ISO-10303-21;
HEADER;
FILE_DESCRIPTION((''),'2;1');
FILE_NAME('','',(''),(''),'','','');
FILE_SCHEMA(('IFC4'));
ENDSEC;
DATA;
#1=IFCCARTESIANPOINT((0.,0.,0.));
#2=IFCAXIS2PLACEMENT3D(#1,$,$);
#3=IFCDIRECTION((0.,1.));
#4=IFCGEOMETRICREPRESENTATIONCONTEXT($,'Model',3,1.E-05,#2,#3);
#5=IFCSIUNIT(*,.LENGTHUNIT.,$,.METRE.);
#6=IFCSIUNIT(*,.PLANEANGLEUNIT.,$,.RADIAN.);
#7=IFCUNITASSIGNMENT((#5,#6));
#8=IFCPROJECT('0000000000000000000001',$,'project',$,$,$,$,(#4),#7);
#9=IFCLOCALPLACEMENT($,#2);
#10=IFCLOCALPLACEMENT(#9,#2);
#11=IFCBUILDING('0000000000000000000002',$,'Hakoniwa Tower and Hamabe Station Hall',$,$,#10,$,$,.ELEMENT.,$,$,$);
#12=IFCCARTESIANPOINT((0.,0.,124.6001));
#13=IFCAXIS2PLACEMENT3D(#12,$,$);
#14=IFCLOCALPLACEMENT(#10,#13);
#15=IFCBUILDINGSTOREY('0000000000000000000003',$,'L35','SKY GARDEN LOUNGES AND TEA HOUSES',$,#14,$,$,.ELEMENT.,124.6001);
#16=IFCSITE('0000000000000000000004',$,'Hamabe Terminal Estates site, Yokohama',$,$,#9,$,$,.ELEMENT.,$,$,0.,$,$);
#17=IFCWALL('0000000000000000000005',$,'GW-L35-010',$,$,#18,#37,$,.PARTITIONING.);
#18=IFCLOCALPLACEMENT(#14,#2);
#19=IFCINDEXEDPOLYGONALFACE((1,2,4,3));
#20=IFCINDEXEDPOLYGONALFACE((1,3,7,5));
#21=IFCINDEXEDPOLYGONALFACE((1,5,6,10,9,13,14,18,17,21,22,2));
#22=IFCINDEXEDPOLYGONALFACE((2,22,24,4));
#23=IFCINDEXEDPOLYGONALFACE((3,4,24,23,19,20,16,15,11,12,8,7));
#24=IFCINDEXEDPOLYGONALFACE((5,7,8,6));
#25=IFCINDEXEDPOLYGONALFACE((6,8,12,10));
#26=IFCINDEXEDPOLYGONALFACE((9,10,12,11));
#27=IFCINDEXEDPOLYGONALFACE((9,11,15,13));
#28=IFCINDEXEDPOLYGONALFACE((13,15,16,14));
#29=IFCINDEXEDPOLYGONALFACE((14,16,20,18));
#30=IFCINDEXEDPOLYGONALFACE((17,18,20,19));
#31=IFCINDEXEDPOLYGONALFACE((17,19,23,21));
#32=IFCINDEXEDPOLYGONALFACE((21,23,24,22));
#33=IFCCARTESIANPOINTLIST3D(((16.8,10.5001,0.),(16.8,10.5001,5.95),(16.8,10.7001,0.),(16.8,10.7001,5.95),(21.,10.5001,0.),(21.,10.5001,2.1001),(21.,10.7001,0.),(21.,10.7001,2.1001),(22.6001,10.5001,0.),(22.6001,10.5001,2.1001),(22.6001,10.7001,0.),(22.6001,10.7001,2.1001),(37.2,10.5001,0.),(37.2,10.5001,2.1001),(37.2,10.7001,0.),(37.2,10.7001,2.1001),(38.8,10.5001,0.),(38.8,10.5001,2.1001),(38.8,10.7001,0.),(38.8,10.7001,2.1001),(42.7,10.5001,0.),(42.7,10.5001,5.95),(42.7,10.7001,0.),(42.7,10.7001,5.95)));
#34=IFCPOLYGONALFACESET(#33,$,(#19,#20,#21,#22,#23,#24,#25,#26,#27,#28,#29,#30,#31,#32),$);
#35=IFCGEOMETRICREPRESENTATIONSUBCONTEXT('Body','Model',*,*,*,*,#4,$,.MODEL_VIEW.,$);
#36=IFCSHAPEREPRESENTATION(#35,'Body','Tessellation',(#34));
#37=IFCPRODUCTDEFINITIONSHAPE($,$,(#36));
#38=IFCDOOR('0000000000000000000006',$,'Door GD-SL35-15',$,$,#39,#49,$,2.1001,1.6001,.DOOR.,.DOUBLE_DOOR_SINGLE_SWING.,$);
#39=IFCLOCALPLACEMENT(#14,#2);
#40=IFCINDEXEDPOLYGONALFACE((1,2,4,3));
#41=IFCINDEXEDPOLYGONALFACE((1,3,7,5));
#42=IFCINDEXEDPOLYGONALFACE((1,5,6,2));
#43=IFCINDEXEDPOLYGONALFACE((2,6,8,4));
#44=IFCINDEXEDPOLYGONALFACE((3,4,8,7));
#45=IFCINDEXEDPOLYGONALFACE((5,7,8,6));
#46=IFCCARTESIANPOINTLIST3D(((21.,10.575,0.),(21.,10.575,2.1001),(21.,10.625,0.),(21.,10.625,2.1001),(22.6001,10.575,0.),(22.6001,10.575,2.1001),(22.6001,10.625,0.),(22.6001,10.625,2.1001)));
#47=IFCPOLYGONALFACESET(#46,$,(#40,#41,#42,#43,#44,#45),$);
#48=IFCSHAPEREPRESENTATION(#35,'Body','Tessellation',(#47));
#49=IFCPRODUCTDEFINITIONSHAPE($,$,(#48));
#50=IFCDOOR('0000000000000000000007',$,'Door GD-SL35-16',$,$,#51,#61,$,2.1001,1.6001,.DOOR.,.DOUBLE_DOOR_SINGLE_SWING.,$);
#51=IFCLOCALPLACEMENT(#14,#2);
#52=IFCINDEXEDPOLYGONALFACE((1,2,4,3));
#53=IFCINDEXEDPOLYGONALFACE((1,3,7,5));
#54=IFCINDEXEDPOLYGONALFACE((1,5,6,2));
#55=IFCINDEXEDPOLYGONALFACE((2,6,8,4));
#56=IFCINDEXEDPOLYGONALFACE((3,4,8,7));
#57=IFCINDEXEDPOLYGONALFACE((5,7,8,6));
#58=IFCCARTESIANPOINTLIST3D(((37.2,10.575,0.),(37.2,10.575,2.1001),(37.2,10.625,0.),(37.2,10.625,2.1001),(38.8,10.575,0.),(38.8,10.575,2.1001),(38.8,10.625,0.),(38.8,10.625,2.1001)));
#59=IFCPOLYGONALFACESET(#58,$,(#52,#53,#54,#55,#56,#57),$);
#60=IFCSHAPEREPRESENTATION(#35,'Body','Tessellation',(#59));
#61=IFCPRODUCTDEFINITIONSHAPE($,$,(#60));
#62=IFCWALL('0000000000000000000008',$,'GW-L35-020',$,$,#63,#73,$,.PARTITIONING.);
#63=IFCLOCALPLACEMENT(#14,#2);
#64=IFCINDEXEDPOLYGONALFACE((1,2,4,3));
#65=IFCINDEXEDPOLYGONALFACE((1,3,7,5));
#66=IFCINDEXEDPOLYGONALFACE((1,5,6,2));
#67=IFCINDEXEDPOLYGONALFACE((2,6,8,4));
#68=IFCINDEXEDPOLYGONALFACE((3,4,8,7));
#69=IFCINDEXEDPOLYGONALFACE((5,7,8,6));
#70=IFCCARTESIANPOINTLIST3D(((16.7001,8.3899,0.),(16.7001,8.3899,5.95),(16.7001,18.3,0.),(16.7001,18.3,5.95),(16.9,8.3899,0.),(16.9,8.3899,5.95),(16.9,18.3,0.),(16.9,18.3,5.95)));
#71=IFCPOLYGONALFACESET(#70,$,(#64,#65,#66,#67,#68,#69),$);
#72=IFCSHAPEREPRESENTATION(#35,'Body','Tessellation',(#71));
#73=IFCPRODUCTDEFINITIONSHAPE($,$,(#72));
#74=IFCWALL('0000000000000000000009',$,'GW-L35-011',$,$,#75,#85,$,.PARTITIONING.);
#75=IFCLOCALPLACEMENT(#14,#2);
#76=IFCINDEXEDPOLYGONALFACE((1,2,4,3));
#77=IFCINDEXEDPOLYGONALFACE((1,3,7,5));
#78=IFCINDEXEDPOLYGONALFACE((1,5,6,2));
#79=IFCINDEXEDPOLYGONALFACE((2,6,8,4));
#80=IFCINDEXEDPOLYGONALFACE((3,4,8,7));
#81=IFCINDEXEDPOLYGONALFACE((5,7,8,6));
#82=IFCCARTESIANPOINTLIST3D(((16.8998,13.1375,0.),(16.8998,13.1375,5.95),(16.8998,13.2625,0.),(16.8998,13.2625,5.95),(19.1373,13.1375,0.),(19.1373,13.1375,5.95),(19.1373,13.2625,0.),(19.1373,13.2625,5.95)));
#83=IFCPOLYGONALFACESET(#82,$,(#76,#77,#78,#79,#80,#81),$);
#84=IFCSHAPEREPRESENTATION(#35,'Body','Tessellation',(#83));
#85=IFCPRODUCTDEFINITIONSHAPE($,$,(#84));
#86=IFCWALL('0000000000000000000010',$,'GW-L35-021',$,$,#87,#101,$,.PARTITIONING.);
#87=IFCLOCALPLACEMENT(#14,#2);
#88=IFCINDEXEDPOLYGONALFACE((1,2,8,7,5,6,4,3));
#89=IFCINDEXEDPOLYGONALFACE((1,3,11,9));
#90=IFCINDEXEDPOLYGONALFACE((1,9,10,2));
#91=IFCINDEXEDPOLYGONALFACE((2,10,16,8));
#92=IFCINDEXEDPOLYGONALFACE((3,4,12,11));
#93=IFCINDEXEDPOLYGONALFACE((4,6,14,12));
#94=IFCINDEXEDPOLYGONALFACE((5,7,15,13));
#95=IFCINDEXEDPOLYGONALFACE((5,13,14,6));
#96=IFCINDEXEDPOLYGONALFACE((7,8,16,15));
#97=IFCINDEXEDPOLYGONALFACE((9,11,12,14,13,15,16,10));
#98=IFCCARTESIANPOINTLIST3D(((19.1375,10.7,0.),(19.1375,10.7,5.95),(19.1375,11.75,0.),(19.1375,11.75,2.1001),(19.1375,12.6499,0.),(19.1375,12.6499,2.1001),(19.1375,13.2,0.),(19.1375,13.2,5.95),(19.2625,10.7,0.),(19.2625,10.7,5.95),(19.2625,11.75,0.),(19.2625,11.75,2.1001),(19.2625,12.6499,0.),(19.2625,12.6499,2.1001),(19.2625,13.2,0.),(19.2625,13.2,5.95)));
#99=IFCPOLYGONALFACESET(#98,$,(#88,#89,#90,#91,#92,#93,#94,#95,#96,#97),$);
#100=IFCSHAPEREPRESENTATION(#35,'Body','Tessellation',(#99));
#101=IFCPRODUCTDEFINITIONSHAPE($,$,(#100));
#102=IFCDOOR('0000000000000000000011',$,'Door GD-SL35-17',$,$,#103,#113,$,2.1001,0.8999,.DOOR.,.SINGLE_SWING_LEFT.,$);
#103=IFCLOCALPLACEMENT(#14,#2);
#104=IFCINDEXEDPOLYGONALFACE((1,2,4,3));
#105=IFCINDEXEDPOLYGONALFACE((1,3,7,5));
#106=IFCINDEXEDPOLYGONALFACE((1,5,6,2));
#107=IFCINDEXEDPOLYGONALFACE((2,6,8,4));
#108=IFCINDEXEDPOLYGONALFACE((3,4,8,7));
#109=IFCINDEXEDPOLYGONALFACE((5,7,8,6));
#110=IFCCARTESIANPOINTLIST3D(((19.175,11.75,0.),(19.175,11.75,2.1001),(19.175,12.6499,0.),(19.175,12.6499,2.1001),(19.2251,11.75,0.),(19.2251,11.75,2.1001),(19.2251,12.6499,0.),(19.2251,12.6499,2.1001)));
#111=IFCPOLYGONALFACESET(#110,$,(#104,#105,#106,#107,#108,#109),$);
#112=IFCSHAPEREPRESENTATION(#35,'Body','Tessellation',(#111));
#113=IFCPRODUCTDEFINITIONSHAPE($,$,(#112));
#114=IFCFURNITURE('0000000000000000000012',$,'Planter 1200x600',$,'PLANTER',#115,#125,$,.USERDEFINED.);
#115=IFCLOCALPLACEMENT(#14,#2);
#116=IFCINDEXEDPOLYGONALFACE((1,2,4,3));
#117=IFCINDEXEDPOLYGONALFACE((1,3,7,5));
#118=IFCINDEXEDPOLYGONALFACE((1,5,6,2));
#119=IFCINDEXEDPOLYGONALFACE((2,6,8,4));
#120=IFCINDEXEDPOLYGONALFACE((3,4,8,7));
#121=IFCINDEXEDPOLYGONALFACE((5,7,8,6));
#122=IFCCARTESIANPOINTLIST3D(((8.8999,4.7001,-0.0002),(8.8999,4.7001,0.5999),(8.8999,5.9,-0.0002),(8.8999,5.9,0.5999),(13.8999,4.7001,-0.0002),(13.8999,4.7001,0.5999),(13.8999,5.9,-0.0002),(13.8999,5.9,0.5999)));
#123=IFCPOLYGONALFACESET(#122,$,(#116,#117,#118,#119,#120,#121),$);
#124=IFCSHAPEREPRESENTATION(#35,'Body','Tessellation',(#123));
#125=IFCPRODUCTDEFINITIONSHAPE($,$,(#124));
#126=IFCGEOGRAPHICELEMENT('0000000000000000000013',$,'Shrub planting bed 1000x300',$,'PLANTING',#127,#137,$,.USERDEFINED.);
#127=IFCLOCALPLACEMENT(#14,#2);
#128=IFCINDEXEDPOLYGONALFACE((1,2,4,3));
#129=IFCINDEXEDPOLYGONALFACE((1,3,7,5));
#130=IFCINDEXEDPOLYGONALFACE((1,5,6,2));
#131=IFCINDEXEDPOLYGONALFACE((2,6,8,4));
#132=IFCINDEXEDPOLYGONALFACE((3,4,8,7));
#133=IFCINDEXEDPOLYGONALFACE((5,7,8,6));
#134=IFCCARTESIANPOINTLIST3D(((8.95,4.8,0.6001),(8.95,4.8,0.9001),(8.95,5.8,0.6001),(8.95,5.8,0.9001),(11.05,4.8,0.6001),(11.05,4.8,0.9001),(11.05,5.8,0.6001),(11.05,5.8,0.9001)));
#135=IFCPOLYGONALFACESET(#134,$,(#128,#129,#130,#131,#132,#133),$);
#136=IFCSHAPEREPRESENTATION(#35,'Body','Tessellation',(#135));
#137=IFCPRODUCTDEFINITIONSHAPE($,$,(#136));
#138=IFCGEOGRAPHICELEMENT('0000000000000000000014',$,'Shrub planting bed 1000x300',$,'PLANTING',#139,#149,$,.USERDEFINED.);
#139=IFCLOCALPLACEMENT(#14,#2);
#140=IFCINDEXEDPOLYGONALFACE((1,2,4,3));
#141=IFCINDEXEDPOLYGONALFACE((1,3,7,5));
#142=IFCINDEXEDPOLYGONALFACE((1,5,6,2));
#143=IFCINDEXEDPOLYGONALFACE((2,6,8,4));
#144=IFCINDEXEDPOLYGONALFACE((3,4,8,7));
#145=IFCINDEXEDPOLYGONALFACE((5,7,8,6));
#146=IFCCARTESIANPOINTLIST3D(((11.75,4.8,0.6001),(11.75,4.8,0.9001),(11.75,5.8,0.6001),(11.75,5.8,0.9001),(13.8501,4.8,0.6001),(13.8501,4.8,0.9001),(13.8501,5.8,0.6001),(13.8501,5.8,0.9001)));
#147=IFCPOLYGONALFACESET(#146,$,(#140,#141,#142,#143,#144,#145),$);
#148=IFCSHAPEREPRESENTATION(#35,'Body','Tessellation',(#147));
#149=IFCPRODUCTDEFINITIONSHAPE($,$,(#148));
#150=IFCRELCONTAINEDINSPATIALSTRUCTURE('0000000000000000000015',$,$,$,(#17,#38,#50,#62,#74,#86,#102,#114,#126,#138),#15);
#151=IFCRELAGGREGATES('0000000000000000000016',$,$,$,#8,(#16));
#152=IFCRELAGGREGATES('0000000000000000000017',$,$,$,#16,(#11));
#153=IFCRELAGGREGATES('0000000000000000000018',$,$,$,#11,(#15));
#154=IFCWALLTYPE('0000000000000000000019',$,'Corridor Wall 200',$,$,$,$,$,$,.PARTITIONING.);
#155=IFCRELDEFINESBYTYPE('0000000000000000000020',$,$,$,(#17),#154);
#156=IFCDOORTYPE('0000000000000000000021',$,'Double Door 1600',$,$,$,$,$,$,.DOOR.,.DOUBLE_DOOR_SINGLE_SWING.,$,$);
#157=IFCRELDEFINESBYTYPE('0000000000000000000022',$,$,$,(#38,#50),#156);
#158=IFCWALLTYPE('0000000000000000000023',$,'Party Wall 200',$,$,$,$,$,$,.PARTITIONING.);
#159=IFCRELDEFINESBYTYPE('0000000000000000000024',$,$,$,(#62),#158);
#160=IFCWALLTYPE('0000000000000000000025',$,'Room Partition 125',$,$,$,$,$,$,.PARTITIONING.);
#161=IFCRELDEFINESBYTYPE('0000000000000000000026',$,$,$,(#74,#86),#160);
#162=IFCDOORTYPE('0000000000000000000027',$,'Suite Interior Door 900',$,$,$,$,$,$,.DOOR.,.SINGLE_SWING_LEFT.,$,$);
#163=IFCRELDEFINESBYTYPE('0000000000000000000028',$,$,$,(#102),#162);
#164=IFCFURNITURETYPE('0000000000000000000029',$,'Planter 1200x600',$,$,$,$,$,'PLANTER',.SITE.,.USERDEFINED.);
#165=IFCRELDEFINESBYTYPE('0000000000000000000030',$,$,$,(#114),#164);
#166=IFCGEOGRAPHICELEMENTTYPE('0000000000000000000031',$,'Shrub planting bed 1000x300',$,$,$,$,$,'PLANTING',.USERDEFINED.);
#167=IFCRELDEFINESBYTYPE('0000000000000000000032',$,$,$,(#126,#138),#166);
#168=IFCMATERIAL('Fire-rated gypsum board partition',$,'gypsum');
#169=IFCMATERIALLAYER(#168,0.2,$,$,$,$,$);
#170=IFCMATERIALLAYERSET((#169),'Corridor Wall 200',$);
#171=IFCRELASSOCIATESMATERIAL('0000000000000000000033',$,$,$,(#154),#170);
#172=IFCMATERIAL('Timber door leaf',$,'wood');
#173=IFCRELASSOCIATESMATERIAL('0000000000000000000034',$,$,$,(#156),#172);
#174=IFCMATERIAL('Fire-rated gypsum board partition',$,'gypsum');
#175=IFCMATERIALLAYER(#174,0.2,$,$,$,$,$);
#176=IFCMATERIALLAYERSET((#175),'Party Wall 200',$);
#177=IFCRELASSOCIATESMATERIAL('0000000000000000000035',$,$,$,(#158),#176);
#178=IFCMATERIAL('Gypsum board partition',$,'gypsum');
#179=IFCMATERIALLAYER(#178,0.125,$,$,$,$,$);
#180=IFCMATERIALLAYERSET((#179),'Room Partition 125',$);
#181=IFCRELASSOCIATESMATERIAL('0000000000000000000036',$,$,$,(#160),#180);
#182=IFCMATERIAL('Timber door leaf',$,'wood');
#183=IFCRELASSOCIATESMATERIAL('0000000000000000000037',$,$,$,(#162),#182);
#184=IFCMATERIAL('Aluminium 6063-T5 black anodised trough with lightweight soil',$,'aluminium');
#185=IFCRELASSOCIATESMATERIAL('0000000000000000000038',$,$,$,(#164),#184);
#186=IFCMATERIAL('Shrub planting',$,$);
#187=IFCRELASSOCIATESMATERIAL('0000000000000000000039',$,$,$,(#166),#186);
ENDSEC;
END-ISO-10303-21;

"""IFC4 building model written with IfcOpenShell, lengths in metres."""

from ifc_helpers import new_model, si_unit, direction, frame, frame_2d, origin, origin_2d, place, context, subcontext, project, spatial, rectangle, extrude, material, layer, layer_set, type_object, element, fill, save


model = new_model("IFC4")

# Units and contexts
model_context = context("Model", 3, precision=1e-05, world=origin(), true_north=direction((0.0, 1.0)))
body_context = subcontext(model_context, "Body", "Model", "MODEL_VIEW")
ifc_project = project(units=[si_unit("LENGTHUNIT", "METRE"), si_unit("PLANEANGLEUNIT", "RADIAN")], contexts=[model_context])

# Site, building, storey
site_placement = place(None, origin())
site = spatial("IfcSite", under=ifc_project, at=site_placement, Name="Hamabe Terminal Estates site, Yokohama", CompositionType="ELEMENT", RefElevation=0.0)
building_placement = place(site_placement, origin())
building = spatial("IfcBuilding", under=site, at=building_placement, Name="Hakoniwa Tower and Hamabe Station Hall", CompositionType="ELEMENT")
storey_placement = place(building_placement, frame((0.0, 0.0, 124.6001)))
storey = spatial("IfcBuildingStorey", under=building, at=storey_placement, Name="L35", Description="SKY GARDEN LOUNGES AND TEA HOUSES", CompositionType="ELEMENT", Elevation=124.6001)

# Wall, openings, doors
ifc_material_1 = material(Name="Fire-rated gypsum board partition", Category="gypsum")
ifc_layer_1 = layer(ifc_material_1, 0.2)
ifc_layer_set_1 = layer_set([ifc_layer_1], Name="Corridor Wall 200")
wall_type_1 = type_object("IfcWallType", Name="Corridor Wall 200", PredefinedType="PARTITIONING", material=ifc_layer_set_1)
wall_1_placement = place(storey_placement, frame((16.8, 10.6001, 0.0), z_axis=(0.0, 0.0, 1.0), x_axis=(1.0, 0.0, 0.0)))
wall_1 = element("IfcWall", 1, at=wall_1_placement, inside=storey, type_object=wall_type_1, Name="GW-L35-010", PredefinedType="PARTITIONING", context=body_context, shape_type="SweptSolid", body=[
    extrude(rectangle(XDim=25.8999, YDim=0.2, at=frame_2d((12.95, 0.0))), origin(), (0.0, 0.0, 1.0), 5.95),
])
opening_1_placement = place(wall_1_placement, frame((4.2, 0.0, 0.0)))
opening_1 = element("IfcOpeningElement", 2, at=opening_1_placement, cuts=wall_1, PredefinedType="OPENING", context=body_context, shape_type="SweptSolid", body=[
    extrude(rectangle(XDim=1.6001, YDim=2.1001, at=frame_2d((0.8, 1.05))), frame((0.0, 0.1099, 0.0), z_axis=(0.0, -1.0, 0.0), x_axis=(1.0, 0.0, 0.0)), (0.0, 0.0, 1.0), 0.22),
])
opening_2_placement = place(wall_1_placement, frame((20.3999, 0.0, 0.0)))
opening_2 = element("IfcOpeningElement", 3, at=opening_2_placement, cuts=wall_1, PredefinedType="OPENING", context=body_context, shape_type="SweptSolid", body=[
    extrude(rectangle(XDim=1.6001, YDim=2.1001, at=frame_2d((0.8, 1.05))), frame((0.0, 0.1099, 0.0), z_axis=(0.0, -1.0, 0.0), x_axis=(1.0, 0.0, 0.0)), (0.0, 0.0, 1.0), 0.22),
])
ifc_material_2 = material(Name="Timber door leaf", Category="wood")
door_type_1 = type_object("IfcDoorType", Name="Double Door 1600", OperationType="DOUBLE_DOOR_SINGLE_SWING", PredefinedType="DOOR", material=ifc_material_2)
door_1_placement = place(opening_1_placement, origin())
door_1 = element("IfcDoor", 4, at=door_1_placement, inside=storey, type_object=door_type_1, Name="Door GD-SL35-15", OperationType="DOUBLE_DOOR_SINGLE_SWING", OverallHeight=2.1001, OverallWidth=1.6001, PredefinedType="DOOR", context=body_context, shape_type="SweptSolid", body=[
    extrude(rectangle(XDim=1.6001, YDim=2.1001, at=frame_2d((0.8, 1.05))), frame((0.0, 0.0249, 0.0), z_axis=(0.0, -1.0, 0.0), x_axis=(1.0, 0.0, 0.0)), (0.0, 0.0, 1.0), 0.05),
])
fill(opening_1, door_1)
door_2_placement = place(opening_2_placement, origin())
door_2 = element("IfcDoor", 5, at=door_2_placement, inside=storey, type_object=door_type_1, Name="Door GD-SL35-16", OperationType="DOUBLE_DOOR_SINGLE_SWING", OverallHeight=2.1001, OverallWidth=1.6001, PredefinedType="DOOR", context=body_context, shape_type="SweptSolid", body=[
    extrude(rectangle(XDim=1.6001, YDim=2.1001, at=frame_2d((0.8, 1.05))), frame((0.0, 0.0249, 0.0), z_axis=(0.0, -1.0, 0.0), x_axis=(1.0, 0.0, 0.0)), (0.0, 0.0, 1.0), 0.05),
])
fill(opening_2, door_2)

# Walls
ifc_material_3 = material(Name="Fire-rated gypsum board partition", Category="gypsum")
ifc_layer_2 = layer(ifc_material_3, 0.2)
ifc_layer_set_2 = layer_set([ifc_layer_2], Name="Party Wall 200")
wall_type_2 = type_object("IfcWallType", Name="Party Wall 200", PredefinedType="PARTITIONING", material=ifc_layer_set_2)
wall_2_placement = place(storey_placement, frame((16.8, 8.3899, 0.0), z_axis=(0.0, 0.0, 1.0), x_axis=(0.0, 1.0, 0.0)))
element("IfcWall", 6, at=wall_2_placement, inside=storey, type_object=wall_type_2, Name="GW-L35-020", PredefinedType="PARTITIONING", context=body_context, shape_type="SweptSolid", body=[
    extrude(rectangle(XDim=9.9102, YDim=0.2, at=frame_2d((4.9551, 0.0))), origin(), (0.0, 0.0, 1.0), 5.95),
])
ifc_material_4 = material(Name="Gypsum board partition", Category="gypsum")
ifc_layer_3 = layer(ifc_material_4, 0.125)
ifc_layer_set_3 = layer_set([ifc_layer_3], Name="Room Partition 125")
wall_type_3 = type_object("IfcWallType", Name="Room Partition 125", PredefinedType="PARTITIONING", material=ifc_layer_set_3)
wall_3_placement = place(storey_placement, frame((16.8999, 13.2, 0.0), z_axis=(0.0, 0.0, 1.0), x_axis=(1.0, 0.0, 0.0)))
element("IfcWall", 7, at=wall_3_placement, inside=storey, type_object=wall_type_3, Name="GW-L35-011", PredefinedType="PARTITIONING", context=body_context, shape_type="SweptSolid", body=[
    extrude(rectangle(XDim=2.2375, YDim=0.125, at=frame_2d((1.1187, 0.0))), origin(), (0.0, 0.0, 1.0), 5.95),
])

# Wall, opening, door
wall_4_placement = place(storey_placement, frame((19.2, 10.7, 0.0), z_axis=(0.0, 0.0, 1.0), x_axis=(0.0, 1.0, 0.0)))
wall_4 = element("IfcWall", 8, at=wall_4_placement, inside=storey, type_object=wall_type_3, Name="GW-L35-021", PredefinedType="PARTITIONING", context=body_context, shape_type="SweptSolid", body=[
    extrude(rectangle(XDim=2.5, YDim=0.125, at=frame_2d((1.25, 0.0))), origin(), (0.0, 0.0, 1.0), 5.95),
])
opening_3_placement = place(wall_4_placement, frame((1.05, 0.0, 0.0)))
opening_3 = element("IfcOpeningElement", 9, at=opening_3_placement, cuts=wall_4, PredefinedType="OPENING", context=body_context, shape_type="SweptSolid", body=[
    extrude(rectangle(XDim=0.8999, YDim=2.1001, at=frame_2d((0.45, 1.05))), frame((0.0, 0.0725, 0.0), z_axis=(0.0, -1.0, 0.0), x_axis=(1.0, 0.0, 0.0)), (0.0, 0.0, 1.0), 0.145),
])
ifc_material_5 = material(Name="Timber door leaf", Category="wood")
door_type_2 = type_object("IfcDoorType", Name="Suite Interior Door 900", OperationType="SINGLE_SWING_LEFT", PredefinedType="DOOR", material=ifc_material_5)
door_3_placement = place(opening_3_placement, origin())
door_3 = element("IfcDoor", 10, at=door_3_placement, inside=storey, type_object=door_type_2, Name="Door GD-SL35-17", OperationType="SINGLE_SWING_LEFT", OverallHeight=2.1001, OverallWidth=0.8999, PredefinedType="DOOR", context=body_context, shape_type="SweptSolid", body=[
    extrude(rectangle(XDim=0.8999, YDim=2.1001, at=frame_2d((0.45, 1.05))), frame((0.0, 0.0249, 0.0), z_axis=(0.0, -1.0, 0.0), x_axis=(1.0, 0.0, 0.0)), (0.0, 0.0, 1.0), 0.05),
])
fill(opening_3, door_3)

# Furniture
ifc_material_6 = material(Name="Aluminium 6063-T5 black anodised trough with lightweight soil", Category="aluminium")
furniture_type = type_object("IfcFurnitureType", Name="Planter 1200x600", ElementType="PLANTER", AssemblyPlace="SITE", PredefinedType="USERDEFINED", material=ifc_material_6)
furniture_placement = place(storey_placement, frame((11.3999, 5.3, -0.0002), z_axis=(0.0, 0.0, 1.0), x_axis=(1.0, 0.0, 0.0)))
element("IfcFurniture", 11, at=furniture_placement, inside=storey, type_object=furniture_type, Name="Planter 1200x600", ObjectType="PLANTER", PredefinedType="USERDEFINED", context=body_context, shape_type="SweptSolid", body=[
    extrude(rectangle(XDim=5.0, YDim=1.2, at=origin_2d()), origin(), (0.0, 0.0, 1.0), 0.6001),
])

# Geographic elements
ifc_material_7 = material(Name="Shrub planting")
geographic_element_type = type_object("IfcGeographicElementType", Name="Shrub planting bed 1000x300", ElementType="PLANTING", PredefinedType="USERDEFINED", material=ifc_material_7)
for number, where, z_axis, x_axis, name in (
    (12, (10.0, 5.3, 0.6001), (0.0, 0.0, 1.0), (1.0, 0.0, 0.0), "Shrub planting bed 1000x300"),
    (13, (12.8, 5.3, 0.6001), (0.0, 0.0, 1.0), (1.0, 0.0, 0.0), "Shrub planting bed 1000x300"),
):
    element("IfcGeographicElement", number, at=place(storey_placement, frame(where, z_axis=z_axis, x_axis=x_axis)), inside=storey, type_object=geographic_element_type, Name=name, ObjectType="PLANTING", PredefinedType="USERDEFINED", context=body_context, shape_type="SweptSolid", body=[
        extrude(rectangle(XDim=2.1001, YDim=1.0, at=origin_2d()), origin(), (0.0, 0.0, 1.0), 0.3),
    ])

save(model, "model.ifc")
